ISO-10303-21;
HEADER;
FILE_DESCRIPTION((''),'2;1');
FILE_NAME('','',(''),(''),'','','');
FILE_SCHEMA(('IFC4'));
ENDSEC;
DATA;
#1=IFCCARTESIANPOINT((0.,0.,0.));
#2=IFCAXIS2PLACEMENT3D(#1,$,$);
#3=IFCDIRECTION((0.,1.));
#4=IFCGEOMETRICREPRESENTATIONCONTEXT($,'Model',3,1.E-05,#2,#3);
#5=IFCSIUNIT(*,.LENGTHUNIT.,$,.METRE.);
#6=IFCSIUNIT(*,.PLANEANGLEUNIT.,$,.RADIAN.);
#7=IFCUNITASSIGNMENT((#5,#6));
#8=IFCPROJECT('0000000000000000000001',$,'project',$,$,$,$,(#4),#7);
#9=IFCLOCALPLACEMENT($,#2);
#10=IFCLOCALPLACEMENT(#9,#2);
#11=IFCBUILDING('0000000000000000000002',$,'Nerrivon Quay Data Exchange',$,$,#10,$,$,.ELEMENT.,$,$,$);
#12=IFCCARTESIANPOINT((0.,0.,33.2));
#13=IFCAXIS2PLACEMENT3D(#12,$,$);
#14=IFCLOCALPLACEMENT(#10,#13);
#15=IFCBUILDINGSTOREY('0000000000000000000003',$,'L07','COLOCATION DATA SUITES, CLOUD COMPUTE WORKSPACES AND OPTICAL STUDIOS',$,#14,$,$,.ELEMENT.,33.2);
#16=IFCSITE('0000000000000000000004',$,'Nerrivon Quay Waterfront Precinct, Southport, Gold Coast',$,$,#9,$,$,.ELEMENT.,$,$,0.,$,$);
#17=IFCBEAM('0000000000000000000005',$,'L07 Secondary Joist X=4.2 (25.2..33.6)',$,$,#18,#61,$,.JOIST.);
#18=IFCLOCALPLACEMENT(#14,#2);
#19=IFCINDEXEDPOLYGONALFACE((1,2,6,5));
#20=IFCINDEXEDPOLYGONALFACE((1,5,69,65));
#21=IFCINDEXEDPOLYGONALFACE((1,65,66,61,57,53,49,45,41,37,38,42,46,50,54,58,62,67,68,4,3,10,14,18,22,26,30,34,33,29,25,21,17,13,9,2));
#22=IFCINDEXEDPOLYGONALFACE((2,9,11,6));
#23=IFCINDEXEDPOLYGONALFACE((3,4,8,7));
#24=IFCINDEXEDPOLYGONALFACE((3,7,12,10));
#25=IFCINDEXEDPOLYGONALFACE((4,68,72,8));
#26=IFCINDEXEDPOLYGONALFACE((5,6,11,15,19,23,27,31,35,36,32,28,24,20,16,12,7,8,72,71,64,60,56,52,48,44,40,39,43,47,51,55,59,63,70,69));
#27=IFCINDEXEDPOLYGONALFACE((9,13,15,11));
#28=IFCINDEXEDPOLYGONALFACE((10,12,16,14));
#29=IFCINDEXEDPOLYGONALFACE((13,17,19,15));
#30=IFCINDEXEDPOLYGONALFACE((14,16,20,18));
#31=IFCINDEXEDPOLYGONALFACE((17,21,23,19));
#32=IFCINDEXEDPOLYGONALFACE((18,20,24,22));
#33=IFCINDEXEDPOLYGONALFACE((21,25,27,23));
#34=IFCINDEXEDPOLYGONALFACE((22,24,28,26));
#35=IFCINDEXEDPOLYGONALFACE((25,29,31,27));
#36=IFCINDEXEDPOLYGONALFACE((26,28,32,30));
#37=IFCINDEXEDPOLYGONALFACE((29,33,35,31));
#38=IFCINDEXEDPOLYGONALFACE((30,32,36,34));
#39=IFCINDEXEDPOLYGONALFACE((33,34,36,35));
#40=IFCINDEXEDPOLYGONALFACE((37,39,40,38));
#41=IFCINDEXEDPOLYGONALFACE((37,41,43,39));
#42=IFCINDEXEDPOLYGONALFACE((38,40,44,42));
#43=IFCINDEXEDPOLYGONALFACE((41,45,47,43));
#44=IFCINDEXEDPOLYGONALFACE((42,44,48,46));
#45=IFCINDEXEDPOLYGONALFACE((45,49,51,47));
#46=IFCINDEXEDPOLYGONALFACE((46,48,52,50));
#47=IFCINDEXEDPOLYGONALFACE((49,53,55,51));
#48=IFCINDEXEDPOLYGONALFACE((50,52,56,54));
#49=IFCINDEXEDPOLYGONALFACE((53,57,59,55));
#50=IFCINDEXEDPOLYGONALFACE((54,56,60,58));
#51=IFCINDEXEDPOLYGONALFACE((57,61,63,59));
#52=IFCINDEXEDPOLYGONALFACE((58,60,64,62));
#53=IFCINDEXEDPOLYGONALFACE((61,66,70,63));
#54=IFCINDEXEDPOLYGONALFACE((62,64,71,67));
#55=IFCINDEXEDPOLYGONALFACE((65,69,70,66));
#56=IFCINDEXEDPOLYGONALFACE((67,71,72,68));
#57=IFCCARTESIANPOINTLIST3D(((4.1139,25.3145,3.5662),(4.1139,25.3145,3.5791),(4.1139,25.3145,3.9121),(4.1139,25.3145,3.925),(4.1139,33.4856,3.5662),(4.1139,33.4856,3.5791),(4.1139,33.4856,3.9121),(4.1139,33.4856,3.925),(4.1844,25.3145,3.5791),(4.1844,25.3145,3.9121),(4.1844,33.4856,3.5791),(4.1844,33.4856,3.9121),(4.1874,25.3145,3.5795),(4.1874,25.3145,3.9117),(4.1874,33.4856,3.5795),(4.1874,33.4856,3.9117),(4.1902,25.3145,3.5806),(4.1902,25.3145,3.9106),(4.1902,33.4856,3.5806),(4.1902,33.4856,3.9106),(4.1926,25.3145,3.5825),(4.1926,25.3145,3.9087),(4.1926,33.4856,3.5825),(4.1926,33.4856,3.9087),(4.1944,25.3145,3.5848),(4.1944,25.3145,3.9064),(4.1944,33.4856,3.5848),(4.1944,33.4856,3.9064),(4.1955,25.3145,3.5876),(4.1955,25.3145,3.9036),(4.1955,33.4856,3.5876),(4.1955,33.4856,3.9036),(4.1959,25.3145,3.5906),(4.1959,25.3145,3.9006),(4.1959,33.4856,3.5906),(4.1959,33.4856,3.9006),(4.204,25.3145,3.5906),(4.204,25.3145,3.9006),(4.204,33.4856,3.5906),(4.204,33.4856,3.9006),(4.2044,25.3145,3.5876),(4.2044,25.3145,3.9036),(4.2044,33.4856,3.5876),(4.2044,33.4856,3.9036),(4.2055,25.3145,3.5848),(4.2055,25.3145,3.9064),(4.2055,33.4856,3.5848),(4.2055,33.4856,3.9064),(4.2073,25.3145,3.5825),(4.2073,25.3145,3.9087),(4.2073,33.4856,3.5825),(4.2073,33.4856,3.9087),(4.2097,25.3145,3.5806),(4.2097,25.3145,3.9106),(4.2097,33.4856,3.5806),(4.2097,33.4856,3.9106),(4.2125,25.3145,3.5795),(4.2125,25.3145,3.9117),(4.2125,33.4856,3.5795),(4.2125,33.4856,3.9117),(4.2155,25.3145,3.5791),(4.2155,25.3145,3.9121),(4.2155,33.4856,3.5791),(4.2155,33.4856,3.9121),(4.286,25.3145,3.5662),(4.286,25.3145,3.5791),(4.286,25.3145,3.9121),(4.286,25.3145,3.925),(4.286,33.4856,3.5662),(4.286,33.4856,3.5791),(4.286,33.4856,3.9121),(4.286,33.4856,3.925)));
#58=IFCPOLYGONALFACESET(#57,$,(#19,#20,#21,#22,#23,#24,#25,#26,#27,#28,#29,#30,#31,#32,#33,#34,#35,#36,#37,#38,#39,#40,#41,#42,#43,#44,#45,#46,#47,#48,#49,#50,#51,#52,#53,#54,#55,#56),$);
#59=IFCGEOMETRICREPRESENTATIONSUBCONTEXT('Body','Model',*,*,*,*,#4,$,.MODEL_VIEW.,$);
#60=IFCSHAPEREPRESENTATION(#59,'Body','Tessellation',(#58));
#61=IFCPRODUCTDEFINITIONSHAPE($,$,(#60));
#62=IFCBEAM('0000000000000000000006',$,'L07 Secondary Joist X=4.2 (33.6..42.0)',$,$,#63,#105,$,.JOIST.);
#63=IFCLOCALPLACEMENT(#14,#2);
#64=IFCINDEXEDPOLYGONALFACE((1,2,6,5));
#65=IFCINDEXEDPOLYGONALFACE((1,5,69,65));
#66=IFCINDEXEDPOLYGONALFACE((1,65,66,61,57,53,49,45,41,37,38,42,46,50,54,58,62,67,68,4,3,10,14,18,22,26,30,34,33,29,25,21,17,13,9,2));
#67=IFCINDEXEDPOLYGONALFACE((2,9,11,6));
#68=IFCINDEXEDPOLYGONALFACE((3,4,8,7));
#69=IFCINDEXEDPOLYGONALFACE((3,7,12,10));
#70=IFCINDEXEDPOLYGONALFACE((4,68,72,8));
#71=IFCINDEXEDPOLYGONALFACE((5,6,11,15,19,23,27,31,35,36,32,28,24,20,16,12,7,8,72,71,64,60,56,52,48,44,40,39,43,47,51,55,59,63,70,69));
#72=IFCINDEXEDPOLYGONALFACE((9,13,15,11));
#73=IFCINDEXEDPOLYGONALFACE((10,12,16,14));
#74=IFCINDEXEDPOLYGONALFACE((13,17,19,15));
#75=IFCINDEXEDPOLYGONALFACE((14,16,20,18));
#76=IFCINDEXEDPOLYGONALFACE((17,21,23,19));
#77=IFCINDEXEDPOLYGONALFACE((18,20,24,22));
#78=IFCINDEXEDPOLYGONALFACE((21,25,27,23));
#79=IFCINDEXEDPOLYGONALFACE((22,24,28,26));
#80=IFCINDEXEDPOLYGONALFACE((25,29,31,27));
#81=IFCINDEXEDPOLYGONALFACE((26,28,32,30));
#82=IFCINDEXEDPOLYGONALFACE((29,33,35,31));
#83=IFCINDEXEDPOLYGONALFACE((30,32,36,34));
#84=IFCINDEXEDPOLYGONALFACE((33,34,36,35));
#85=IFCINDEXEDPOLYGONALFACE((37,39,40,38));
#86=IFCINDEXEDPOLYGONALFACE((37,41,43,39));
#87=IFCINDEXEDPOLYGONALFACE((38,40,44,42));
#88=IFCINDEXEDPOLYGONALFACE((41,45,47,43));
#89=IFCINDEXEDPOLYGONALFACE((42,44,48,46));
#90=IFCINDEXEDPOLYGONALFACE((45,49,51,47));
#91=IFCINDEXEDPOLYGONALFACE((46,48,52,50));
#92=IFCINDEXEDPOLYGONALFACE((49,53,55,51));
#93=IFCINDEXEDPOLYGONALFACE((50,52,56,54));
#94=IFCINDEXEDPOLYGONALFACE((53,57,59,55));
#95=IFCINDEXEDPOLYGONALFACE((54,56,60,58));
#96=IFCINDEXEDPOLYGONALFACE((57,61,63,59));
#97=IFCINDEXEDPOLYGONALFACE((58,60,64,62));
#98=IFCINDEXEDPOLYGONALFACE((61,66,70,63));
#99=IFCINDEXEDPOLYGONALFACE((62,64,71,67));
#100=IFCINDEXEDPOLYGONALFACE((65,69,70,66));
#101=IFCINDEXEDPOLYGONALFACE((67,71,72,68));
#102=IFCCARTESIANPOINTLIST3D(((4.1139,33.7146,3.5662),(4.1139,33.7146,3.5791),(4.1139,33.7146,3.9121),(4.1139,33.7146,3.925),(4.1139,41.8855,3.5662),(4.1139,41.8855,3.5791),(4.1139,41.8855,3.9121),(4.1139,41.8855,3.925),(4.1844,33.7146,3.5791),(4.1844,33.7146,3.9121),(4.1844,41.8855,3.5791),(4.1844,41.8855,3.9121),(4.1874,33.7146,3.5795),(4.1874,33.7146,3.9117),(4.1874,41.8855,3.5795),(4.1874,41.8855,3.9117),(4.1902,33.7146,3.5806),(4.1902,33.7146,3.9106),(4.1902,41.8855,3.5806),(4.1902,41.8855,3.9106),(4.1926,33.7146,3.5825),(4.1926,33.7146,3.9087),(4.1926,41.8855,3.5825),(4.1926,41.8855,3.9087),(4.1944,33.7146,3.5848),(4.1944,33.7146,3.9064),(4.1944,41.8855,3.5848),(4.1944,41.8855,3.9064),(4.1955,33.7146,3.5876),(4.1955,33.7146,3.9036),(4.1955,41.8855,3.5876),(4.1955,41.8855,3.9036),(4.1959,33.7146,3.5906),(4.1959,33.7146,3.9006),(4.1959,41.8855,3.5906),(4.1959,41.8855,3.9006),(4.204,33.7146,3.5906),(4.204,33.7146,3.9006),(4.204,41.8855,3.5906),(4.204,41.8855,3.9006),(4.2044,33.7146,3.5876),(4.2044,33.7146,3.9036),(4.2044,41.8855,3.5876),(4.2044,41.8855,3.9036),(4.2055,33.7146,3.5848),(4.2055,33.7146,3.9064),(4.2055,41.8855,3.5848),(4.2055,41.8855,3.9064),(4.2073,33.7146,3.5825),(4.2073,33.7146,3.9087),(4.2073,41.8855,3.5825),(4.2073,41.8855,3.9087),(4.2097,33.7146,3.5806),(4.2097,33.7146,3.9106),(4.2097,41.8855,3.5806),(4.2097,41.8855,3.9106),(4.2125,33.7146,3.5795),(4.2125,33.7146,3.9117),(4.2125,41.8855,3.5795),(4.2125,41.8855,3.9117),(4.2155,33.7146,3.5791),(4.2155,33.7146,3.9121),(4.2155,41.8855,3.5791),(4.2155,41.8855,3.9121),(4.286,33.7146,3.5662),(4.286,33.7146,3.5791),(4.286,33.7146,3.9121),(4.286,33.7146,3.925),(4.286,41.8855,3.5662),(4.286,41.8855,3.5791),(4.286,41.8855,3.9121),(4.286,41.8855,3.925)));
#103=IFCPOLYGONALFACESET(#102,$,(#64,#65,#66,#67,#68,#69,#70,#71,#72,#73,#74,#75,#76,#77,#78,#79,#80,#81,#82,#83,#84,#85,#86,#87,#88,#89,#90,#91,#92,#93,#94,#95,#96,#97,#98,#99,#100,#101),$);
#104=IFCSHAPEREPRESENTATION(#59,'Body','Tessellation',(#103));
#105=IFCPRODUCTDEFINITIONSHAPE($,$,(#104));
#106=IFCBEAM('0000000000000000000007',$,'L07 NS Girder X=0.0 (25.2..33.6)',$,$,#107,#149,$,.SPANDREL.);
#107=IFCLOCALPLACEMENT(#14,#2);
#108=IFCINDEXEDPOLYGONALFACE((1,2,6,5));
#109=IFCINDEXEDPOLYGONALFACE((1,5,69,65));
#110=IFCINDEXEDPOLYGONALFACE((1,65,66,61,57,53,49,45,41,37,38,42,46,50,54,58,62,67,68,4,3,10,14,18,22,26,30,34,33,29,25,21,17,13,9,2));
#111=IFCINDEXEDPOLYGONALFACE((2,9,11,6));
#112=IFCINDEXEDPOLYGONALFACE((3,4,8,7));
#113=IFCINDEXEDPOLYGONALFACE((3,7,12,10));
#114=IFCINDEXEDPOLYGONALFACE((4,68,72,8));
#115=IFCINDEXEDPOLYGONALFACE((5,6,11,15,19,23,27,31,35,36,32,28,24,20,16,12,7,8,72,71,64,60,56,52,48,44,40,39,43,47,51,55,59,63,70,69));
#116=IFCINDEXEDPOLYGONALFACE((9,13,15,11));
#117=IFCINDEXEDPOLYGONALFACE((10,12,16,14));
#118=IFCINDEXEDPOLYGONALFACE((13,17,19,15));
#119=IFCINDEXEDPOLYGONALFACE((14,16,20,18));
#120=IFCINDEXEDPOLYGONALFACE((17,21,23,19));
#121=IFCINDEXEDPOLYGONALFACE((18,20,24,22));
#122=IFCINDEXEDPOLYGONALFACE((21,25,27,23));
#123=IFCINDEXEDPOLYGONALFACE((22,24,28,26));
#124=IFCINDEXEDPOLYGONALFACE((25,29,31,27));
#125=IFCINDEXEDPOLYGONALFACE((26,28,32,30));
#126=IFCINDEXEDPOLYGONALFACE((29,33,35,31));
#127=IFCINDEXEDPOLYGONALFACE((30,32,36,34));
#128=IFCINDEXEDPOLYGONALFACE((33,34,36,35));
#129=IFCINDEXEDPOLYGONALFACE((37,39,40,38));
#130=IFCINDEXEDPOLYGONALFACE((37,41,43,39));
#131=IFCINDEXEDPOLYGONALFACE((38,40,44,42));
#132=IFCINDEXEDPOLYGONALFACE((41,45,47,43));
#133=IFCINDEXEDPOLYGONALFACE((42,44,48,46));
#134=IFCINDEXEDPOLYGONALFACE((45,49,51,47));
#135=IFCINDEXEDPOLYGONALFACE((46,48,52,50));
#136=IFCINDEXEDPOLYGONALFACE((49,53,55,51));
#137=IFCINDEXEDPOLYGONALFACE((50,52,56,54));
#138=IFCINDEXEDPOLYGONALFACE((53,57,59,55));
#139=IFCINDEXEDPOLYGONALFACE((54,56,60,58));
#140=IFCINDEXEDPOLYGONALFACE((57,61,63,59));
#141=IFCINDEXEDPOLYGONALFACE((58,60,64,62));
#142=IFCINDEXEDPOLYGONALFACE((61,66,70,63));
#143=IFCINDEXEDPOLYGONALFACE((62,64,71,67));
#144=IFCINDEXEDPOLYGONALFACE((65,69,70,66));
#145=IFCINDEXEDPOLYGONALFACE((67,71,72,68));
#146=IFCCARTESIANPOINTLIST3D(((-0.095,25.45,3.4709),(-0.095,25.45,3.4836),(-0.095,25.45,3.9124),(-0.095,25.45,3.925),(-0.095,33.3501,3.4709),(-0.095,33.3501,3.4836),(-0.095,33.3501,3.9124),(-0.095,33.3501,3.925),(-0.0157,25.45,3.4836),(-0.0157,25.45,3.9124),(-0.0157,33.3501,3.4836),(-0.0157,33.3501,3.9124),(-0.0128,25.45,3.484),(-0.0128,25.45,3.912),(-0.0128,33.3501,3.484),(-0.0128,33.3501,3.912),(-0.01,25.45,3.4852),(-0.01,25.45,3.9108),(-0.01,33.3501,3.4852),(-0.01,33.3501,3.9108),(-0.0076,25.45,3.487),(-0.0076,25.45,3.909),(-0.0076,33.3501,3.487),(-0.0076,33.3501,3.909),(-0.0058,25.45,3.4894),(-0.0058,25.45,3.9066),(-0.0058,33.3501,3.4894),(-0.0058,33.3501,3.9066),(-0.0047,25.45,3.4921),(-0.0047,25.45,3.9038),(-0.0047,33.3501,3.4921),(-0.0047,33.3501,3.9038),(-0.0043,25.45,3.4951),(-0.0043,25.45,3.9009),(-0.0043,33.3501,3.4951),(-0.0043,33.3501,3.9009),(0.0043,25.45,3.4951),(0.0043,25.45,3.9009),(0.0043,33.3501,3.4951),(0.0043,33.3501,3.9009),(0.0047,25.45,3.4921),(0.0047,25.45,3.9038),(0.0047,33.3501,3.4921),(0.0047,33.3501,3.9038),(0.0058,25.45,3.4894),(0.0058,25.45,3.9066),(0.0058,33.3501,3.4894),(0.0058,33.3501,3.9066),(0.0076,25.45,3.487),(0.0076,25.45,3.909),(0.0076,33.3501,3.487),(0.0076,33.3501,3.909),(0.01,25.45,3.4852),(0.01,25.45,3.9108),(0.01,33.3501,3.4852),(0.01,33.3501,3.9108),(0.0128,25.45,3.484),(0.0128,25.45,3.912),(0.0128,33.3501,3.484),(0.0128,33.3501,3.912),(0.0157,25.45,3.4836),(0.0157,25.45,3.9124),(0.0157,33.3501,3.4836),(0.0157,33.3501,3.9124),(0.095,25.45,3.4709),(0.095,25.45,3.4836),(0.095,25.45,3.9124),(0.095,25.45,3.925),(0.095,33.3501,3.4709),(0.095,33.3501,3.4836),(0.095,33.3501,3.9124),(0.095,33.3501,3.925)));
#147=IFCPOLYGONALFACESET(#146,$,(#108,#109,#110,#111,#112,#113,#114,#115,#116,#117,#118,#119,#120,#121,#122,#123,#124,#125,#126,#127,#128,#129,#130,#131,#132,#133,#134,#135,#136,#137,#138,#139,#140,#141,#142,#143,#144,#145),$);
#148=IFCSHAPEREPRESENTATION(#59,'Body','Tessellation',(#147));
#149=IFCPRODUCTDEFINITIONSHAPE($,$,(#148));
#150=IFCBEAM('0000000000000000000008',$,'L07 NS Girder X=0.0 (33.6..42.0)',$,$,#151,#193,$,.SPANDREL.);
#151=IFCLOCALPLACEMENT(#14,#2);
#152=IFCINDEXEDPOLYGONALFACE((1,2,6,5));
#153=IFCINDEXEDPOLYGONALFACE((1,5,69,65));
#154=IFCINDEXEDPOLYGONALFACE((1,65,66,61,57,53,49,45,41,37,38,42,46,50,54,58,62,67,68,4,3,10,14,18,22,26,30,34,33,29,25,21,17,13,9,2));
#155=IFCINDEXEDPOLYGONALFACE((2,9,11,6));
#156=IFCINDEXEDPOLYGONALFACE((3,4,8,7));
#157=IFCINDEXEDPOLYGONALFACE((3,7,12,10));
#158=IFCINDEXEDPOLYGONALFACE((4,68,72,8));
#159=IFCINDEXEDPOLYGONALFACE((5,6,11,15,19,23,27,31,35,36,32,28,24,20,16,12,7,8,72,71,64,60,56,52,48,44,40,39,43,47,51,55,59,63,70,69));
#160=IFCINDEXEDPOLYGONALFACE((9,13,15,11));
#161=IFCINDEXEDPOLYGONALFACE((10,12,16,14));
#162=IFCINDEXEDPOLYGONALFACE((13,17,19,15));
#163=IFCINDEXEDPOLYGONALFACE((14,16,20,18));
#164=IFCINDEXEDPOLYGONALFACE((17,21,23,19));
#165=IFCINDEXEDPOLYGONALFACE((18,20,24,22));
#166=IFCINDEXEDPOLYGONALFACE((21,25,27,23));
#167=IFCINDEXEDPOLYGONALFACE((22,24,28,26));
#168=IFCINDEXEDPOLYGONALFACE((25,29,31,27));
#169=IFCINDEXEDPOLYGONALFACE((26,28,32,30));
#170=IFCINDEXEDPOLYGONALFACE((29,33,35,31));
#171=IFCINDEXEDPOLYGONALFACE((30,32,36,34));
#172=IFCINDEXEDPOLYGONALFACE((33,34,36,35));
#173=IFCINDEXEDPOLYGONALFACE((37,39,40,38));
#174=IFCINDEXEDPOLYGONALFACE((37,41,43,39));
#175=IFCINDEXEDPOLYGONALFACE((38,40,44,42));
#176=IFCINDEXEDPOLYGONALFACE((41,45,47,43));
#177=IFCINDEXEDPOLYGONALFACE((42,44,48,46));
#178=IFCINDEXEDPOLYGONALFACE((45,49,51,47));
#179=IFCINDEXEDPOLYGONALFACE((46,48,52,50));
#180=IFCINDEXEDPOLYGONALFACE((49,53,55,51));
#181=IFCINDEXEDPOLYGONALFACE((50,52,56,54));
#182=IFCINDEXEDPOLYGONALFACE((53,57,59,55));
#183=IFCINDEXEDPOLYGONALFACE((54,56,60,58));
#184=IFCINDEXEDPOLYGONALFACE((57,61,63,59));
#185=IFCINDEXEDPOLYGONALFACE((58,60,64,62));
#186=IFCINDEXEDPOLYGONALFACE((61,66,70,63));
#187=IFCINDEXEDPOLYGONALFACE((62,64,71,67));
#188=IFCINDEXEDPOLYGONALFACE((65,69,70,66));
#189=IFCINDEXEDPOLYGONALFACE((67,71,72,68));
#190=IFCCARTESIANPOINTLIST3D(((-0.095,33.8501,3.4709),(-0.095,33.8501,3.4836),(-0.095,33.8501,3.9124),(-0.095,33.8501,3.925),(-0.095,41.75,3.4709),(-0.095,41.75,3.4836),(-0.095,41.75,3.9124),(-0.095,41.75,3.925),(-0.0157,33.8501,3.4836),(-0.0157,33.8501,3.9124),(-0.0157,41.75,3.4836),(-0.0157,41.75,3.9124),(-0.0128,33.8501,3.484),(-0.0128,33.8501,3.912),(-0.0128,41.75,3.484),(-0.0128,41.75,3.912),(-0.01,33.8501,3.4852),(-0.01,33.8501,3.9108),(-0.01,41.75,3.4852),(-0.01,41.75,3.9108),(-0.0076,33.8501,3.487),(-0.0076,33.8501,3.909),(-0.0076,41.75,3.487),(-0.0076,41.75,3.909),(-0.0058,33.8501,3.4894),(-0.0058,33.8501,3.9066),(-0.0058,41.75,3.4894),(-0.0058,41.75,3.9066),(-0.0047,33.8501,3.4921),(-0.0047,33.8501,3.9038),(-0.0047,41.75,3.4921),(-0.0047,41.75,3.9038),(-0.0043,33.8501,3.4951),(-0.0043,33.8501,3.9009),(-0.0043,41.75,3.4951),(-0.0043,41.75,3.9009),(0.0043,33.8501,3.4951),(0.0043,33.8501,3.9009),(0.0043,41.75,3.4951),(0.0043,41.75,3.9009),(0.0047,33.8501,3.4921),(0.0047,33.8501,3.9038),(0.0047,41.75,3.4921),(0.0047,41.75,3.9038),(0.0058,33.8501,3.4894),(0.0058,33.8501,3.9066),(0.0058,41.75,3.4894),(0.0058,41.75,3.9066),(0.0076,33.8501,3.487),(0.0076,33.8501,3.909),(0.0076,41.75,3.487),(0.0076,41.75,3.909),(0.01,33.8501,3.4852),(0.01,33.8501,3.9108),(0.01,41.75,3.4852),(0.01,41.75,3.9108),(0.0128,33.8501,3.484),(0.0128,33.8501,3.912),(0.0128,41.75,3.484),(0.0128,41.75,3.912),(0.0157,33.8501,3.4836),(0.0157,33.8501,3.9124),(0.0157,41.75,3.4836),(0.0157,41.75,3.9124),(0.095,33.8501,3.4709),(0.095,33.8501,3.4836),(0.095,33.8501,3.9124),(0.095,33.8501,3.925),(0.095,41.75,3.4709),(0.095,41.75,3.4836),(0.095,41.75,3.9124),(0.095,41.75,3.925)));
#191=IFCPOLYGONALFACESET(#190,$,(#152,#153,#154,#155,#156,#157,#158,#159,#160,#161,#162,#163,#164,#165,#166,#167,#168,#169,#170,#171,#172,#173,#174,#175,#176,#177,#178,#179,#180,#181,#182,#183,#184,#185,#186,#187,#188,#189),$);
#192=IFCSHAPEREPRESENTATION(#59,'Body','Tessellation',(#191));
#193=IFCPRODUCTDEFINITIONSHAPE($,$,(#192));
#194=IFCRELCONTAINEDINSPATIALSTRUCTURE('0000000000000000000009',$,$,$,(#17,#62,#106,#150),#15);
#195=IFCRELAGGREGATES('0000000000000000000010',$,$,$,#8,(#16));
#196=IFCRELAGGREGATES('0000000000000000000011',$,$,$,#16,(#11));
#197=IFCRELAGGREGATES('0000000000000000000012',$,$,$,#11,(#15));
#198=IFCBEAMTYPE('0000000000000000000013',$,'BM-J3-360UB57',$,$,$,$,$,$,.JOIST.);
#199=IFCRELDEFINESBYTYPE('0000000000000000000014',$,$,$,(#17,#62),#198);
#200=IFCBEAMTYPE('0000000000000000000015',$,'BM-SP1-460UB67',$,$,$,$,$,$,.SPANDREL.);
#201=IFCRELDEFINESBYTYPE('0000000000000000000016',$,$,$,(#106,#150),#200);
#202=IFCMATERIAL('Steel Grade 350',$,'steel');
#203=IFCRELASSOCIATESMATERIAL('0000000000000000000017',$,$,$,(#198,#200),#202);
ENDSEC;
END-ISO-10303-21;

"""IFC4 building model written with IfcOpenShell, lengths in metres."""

from ifc_helpers import new_model, si_unit, direction, frame, origin, origin_2d, place, context, subcontext, project, spatial, i_section, extrude, material, material_profile, profile_set, type_object, element, save


model = new_model("IFC4")

# Units and contexts
model_context = context("Model", 3, precision=1e-05, world=origin(), true_north=direction((0.0, 1.0)))
body_context = subcontext(model_context, "Body", "Model", "MODEL_VIEW")
ifc_project = project(units=[si_unit("LENGTHUNIT", "METRE"), si_unit("PLANEANGLEUNIT", "RADIAN")], contexts=[model_context])

# Site, building, storey
site_placement = place(None, origin())
site = spatial("IfcSite", under=ifc_project, at=site_placement, Name="Nerrivon Quay Waterfront Precinct, Southport, Gold Coast", CompositionType="ELEMENT", RefElevation=0.0)
building_placement = place(site_placement, origin())
building = spatial("IfcBuilding", under=site, at=building_placement, Name="Nerrivon Quay Data Exchange", CompositionType="ELEMENT")
storey_placement = place(building_placement, frame((0.0, 0.0, 33.2)))
storey = spatial("IfcBuildingStorey", under=building, at=storey_placement, Name="L07", Description="COLOCATION DATA SUITES, CLOUD COMPUTE WORKSPACES AND OPTICAL STUDIOS", CompositionType="ELEMENT", Elevation=33.2)

# Shared definitions
ifc_material_1 = material(Name="Steel Grade 350", Category="steel")

# Beams
ifc_material_profile_1 = material_profile(ifc_material_1, i_section(OverallWidth=0.1721, OverallDepth=0.3589, WebThickness=0.0081, FlangeThickness=0.0129, FilletRadius=0.0115, at=origin_2d()), Name="360UB56.7")
ifc_profile_set_1 = profile_set([ifc_material_profile_1], Name="Steel Grade 350")
beam_type_1 = type_object("IfcBeamType", Name="BM-J3-360UB57", PredefinedType="JOIST", material=ifc_profile_set_1)
beam_1_placement = place(storey_placement, frame((4.2, 25.3145, 3.7456), z_axis=(0.0, 1.0, 0.0), x_axis=(-1.0, 0.0, 0.0)))
element("IfcBeam", 1, at=beam_1_placement, inside=storey, type_object=beam_type_1, Name="L07 Secondary Joist X=4.2 (25.2..33.6)", PredefinedType="JOIST", context=body_context, shape_type="SweptSolid", body=[
    extrude(i_section(OverallWidth=0.1721, OverallDepth=0.3589, WebThickness=0.0081, FlangeThickness=0.0129, FilletRadius=0.0115, at=origin_2d()), origin(), (0.0, 0.0, 1.0), 8.1711),
])
beam_2_placement = place(storey_placement, frame((4.2, 33.7146, 3.7456), z_axis=(0.0, 1.0, 0.0), x_axis=(-1.0, 0.0, 0.0)))
element("IfcBeam", 2, at=beam_2_placement, inside=storey, type_object=beam_type_1, Name="L07 Secondary Joist X=4.2 (33.6..42.0)", PredefinedType="JOIST", context=body_context, shape_type="SweptSolid", body=[
    extrude(i_section(OverallWidth=0.1721, OverallDepth=0.3589, WebThickness=0.0081, FlangeThickness=0.0129, FilletRadius=0.0115, at=origin_2d()), origin(), (0.0, 0.0, 1.0), 8.1709),
])
ifc_material_profile_2 = material_profile(ifc_material_1, i_section(OverallWidth=0.1899, OverallDepth=0.4541, WebThickness=0.0085, FlangeThickness=0.0127, FilletRadius=0.0115, at=origin_2d()), Name="460UB67.1")
ifc_profile_set_2 = profile_set([ifc_material_profile_2], Name="Steel Grade 350")
beam_type_2 = type_object("IfcBeamType", Name="BM-SP1-460UB67", PredefinedType="SPANDREL", material=ifc_profile_set_2)
beam_3_placement = place(storey_placement, frame((0.0, 25.45, 3.698), z_axis=(0.0, 1.0, 0.0), x_axis=(-1.0, 0.0, 0.0)))
element("IfcBeam", 3, at=beam_3_placement, inside=storey, type_object=beam_type_2, Name="L07 NS Girder X=0.0 (25.2..33.6)", PredefinedType="SPANDREL", context=body_context, shape_type="SweptSolid", body=[
    extrude(i_section(OverallWidth=0.1899, OverallDepth=0.4541, WebThickness=0.0085, FlangeThickness=0.0127, FilletRadius=0.0115, at=origin_2d()), origin(), (0.0, 0.0, 1.0), 7.9001),
])
beam_4_placement = place(storey_placement, frame((0.0, 33.8501, 3.698), z_axis=(0.0, 1.0, 0.0), x_axis=(-1.0, 0.0, 0.0)))
element("IfcBeam", 4, at=beam_4_placement, inside=storey, type_object=beam_type_2, Name="L07 NS Girder X=0.0 (33.6..42.0)", PredefinedType="SPANDREL", context=body_context, shape_type="SweptSolid", body=[
    extrude(i_section(OverallWidth=0.1899, OverallDepth=0.4541, WebThickness=0.0085, FlangeThickness=0.0127, FilletRadius=0.0115, at=origin_2d()), origin(), (0.0, 0.0, 1.0), 7.8999),
])

save(model, "model.ifc")
